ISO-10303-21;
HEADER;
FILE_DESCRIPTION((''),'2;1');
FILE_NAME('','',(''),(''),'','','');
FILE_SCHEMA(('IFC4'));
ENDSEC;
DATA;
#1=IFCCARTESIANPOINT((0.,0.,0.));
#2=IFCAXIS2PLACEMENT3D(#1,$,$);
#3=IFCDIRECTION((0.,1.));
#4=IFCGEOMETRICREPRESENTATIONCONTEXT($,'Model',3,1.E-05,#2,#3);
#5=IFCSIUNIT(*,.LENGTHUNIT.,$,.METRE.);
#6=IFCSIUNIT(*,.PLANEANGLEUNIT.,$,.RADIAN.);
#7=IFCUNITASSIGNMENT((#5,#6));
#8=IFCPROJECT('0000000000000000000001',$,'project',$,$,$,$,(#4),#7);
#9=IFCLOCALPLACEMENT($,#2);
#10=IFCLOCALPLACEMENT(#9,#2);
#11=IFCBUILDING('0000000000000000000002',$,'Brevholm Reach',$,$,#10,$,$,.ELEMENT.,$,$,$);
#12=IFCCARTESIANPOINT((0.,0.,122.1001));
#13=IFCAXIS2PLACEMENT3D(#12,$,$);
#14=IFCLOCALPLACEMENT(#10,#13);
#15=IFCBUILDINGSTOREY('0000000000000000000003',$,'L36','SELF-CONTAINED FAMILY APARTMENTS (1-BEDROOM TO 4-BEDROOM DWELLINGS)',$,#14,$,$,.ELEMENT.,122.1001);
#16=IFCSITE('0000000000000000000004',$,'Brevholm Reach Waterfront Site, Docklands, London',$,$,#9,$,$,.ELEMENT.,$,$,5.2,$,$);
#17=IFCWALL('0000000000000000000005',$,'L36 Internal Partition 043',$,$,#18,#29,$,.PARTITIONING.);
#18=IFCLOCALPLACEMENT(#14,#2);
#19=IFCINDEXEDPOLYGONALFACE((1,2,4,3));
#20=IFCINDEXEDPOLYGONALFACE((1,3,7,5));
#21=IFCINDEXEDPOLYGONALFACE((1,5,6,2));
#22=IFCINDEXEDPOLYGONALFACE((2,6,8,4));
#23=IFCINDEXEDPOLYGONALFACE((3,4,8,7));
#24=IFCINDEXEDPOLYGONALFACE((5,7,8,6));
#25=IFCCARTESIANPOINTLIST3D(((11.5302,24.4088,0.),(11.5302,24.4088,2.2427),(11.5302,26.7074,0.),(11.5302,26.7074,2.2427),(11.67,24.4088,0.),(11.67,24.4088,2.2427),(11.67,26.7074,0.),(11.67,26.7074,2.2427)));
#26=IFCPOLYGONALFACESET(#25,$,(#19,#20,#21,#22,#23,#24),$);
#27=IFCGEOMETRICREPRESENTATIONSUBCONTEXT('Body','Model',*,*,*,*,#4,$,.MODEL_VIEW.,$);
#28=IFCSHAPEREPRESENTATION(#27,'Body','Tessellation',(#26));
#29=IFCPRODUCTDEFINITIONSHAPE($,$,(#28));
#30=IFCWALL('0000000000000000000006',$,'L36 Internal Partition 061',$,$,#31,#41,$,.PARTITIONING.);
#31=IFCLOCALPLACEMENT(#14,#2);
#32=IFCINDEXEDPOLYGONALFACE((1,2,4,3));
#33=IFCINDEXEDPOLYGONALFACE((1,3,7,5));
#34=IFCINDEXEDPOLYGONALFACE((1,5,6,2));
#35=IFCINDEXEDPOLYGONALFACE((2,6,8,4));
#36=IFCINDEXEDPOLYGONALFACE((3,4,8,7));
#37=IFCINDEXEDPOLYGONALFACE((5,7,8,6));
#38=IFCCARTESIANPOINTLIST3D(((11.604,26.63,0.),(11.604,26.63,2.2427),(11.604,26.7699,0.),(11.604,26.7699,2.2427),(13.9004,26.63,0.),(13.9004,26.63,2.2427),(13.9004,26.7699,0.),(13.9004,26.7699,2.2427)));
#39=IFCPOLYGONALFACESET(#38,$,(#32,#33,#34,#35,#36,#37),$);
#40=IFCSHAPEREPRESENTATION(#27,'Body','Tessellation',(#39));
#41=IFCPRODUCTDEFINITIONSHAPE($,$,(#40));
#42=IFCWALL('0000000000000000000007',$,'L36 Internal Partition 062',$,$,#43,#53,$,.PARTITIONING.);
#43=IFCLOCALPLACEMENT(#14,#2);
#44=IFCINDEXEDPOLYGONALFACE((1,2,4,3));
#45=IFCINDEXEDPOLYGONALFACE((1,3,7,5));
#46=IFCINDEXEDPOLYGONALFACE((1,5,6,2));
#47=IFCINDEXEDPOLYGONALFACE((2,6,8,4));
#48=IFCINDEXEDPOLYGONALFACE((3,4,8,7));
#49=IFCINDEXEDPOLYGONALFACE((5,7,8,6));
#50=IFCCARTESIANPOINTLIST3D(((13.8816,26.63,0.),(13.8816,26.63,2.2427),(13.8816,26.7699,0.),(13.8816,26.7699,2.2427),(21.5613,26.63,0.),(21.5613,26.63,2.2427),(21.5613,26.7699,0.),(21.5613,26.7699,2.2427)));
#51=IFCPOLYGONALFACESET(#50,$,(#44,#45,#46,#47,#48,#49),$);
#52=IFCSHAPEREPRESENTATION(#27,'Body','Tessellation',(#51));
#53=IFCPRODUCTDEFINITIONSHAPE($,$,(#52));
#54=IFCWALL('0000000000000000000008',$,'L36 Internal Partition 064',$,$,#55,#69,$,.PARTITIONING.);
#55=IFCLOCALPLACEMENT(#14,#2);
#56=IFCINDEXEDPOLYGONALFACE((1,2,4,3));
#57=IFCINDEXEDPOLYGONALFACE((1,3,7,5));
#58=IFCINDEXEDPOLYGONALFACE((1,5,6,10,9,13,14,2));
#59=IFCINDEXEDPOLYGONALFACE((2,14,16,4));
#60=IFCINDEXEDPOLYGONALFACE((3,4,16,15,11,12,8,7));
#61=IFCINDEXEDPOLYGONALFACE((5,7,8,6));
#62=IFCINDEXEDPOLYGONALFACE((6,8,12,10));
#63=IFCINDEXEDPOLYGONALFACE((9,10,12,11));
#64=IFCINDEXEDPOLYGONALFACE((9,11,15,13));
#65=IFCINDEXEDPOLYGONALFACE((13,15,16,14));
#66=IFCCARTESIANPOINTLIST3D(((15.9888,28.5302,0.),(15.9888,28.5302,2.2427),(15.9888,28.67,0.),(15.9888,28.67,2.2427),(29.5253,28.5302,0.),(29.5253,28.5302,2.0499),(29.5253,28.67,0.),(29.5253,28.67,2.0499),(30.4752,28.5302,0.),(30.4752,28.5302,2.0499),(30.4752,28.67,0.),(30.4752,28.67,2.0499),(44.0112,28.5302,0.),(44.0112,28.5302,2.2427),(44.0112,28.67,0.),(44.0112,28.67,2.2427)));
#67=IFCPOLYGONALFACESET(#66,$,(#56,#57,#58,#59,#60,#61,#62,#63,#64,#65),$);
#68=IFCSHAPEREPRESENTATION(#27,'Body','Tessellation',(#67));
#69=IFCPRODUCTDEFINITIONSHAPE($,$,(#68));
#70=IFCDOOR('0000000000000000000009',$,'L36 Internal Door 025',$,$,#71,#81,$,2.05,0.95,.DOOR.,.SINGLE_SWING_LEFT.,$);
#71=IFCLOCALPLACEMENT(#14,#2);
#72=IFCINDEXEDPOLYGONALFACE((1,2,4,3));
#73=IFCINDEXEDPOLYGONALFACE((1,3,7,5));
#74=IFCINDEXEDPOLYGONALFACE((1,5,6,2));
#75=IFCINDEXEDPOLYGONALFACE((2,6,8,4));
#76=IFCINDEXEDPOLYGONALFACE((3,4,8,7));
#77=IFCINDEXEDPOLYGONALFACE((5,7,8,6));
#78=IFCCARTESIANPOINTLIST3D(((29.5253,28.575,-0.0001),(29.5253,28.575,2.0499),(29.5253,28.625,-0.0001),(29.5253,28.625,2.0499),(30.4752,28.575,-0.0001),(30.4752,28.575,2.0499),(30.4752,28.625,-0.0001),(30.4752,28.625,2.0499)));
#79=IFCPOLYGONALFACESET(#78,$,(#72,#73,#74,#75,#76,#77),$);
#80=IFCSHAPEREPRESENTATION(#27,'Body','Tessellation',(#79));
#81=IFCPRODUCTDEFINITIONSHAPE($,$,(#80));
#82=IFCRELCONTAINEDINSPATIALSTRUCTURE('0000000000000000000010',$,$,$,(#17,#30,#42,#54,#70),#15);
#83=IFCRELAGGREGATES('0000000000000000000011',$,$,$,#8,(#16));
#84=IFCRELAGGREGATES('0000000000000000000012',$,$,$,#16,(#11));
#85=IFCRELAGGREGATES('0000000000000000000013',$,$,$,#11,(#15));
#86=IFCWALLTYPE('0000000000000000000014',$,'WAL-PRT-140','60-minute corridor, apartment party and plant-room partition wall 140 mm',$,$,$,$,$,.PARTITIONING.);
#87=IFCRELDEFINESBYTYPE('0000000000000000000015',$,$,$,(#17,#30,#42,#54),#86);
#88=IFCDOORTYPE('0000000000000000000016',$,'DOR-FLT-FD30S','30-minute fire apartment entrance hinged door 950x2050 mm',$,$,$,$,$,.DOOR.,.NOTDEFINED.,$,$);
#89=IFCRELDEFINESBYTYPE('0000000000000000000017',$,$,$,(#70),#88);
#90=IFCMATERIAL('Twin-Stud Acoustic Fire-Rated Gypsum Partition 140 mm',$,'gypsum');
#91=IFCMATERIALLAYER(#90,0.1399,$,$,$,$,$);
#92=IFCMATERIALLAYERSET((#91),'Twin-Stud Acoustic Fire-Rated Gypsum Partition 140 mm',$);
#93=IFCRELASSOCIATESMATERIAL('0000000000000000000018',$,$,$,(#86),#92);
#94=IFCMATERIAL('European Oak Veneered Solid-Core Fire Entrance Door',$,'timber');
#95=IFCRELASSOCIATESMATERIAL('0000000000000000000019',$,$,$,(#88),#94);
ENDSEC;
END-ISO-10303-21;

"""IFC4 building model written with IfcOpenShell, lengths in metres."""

from ifc_helpers import new_model, si_unit, direction, frame, frame_2d, origin, place, context, subcontext, project, spatial, rectangle, extrude, material, layer, layer_set, type_object, element, fill, save


model = new_model("IFC4")

# Units and contexts
model_context = context("Model", 3, precision=1e-05, world=origin(), true_north=direction((0.0, 1.0)))
body_context = subcontext(model_context, "Body", "Model", "MODEL_VIEW")
ifc_project = project(units=[si_unit("LENGTHUNIT", "METRE"), si_unit("PLANEANGLEUNIT", "RADIAN")], contexts=[model_context])

# Site, building, storey
site_placement = place(None, origin())
site = spatial("IfcSite", under=ifc_project, at=site_placement, Name="Brevholm Reach Waterfront Site, Docklands, London", CompositionType="ELEMENT", RefElevation=5.2)
building_placement = place(site_placement, origin())
building = spatial("IfcBuilding", under=site, at=building_placement, Name="Brevholm Reach", CompositionType="ELEMENT")
storey_placement = place(building_placement, frame((0.0, 0.0, 122.1001)))
storey = spatial("IfcBuildingStorey", under=building, at=storey_placement, Name="L36", Description="SELF-CONTAINED FAMILY APARTMENTS (1-BEDROOM TO 4-BEDROOM DWELLINGS)", CompositionType="ELEMENT", Elevation=122.1001)

# Shared definitions
ifc_material_1 = material(Name="Twin-Stud Acoustic Fire-Rated Gypsum Partition 140 mm", Category="gypsum")
ifc_layer_1 = layer(ifc_material_1, 0.1399)
ifc_layer_set_1 = layer_set([ifc_layer_1], Name="Twin-Stud Acoustic Fire-Rated Gypsum Partition 140 mm")
wall_type_1 = type_object("IfcWallType", Name="WAL-PRT-140", Description="60-minute corridor, apartment party and plant-room partition wall 140 mm", PredefinedType="PARTITIONING", material=ifc_layer_set_1)
ifc_material_2 = material(Name="European Oak Veneered Solid-Core Fire Entrance Door", Category="timber")
door_type_1 = type_object("IfcDoorType", Name="DOR-FLT-FD30S", Description="30-minute fire apartment entrance hinged door 950x2050 mm", OperationType="NOTDEFINED", PredefinedType="DOOR", material=ifc_material_2)

# Walls
wall_1_placement = place(storey_placement, frame((11.6001, 24.4087, 0.0), z_axis=(0.0, 0.0, 1.0), x_axis=(0.0, 1.0, 0.0)))
element("IfcWall", 1, at=wall_1_placement, inside=storey, type_object=wall_type_1, Name="L36 Internal Partition 043", PredefinedType="PARTITIONING", context=body_context, shape_type="SweptSolid", body=[
    extrude(rectangle(XDim=2.2986, YDim=0.1399, at=frame_2d((1.1494, 0.0))), origin(), (0.0, 0.0, 1.0), 2.2427),
])
wall_2_placement = place(storey_placement, frame((11.604, 26.7, 0.0), z_axis=(0.0, 0.0, 1.0), x_axis=(1.0, 0.0, 0.0)))
element("IfcWall", 2, at=wall_2_placement, inside=storey, type_object=wall_type_1, Name="L36 Internal Partition 061", PredefinedType="PARTITIONING", context=body_context, shape_type="SweptSolid", body=[
    extrude(rectangle(XDim=2.2964, YDim=0.1399, at=frame_2d((1.1482, 0.0))), origin(), (0.0, 0.0, 1.0), 2.2427),
])
wall_3_placement = place(storey_placement, frame((13.8816, 26.7, 0.0), z_axis=(0.0, 0.0, 1.0), x_axis=(1.0, 0.0, 0.0)))
element("IfcWall", 3, at=wall_3_placement, inside=storey, type_object=wall_type_1, Name="L36 Internal Partition 062", PredefinedType="PARTITIONING", context=body_context, shape_type="SweptSolid", body=[
    extrude(rectangle(XDim=7.6797, YDim=0.1399, at=frame_2d((3.8398, 0.0))), origin(), (0.0, 0.0, 1.0), 2.2427),
])

# Wall, opening, door
wall_4_placement = place(storey_placement, frame((15.9888, 28.6001, 0.0), z_axis=(0.0, 0.0, 1.0), x_axis=(1.0, 0.0, 0.0)))
wall_4 = element("IfcWall", 4, at=wall_4_placement, inside=storey, type_object=wall_type_1, Name="L36 Internal Partition 064", PredefinedType="PARTITIONING", context=body_context, shape_type="SweptSolid", body=[
    extrude(rectangle(XDim=28.0225, YDim=0.1399, at=frame_2d((14.0112, 0.0))), origin(), (0.0, 0.0, 1.0), 2.2427),
])
opening_1_placement = place(wall_4_placement, frame((13.5364, 0.0, 0.0)))
opening_1 = element("IfcOpeningElement", 5, at=opening_1_placement, cuts=wall_4, PredefinedType="OPENING", context=body_context, shape_type="SweptSolid", body=[
    extrude(rectangle(XDim=0.95, YDim=2.05, at=frame_2d((0.4751, 1.0249))), frame((0.0, 0.0798, 0.0), z_axis=(0.0, -1.0, 0.0), x_axis=(1.0, 0.0, 0.0)), (0.0, 0.0, 1.0), 0.1599),
])
door_1_placement = place(opening_1_placement, origin())
door_1 = element("IfcDoor", 6, at=door_1_placement, inside=storey, type_object=door_type_1, Name="L36 Internal Door 025", OperationType="SINGLE_SWING_LEFT", OverallHeight=2.05, OverallWidth=0.95, PredefinedType="DOOR", context=body_context, shape_type="SweptSolid", body=[
    extrude(rectangle(XDim=0.95, YDim=2.05, at=frame_2d((0.4751, 1.0249))), frame((0.0, 0.0249, 0.0), z_axis=(0.0, -1.0, 0.0), x_axis=(1.0, 0.0, 0.0)), (0.0, 0.0, 1.0), 0.05),
])
fill(opening_1, door_1)

save(model, "model.ifc")
